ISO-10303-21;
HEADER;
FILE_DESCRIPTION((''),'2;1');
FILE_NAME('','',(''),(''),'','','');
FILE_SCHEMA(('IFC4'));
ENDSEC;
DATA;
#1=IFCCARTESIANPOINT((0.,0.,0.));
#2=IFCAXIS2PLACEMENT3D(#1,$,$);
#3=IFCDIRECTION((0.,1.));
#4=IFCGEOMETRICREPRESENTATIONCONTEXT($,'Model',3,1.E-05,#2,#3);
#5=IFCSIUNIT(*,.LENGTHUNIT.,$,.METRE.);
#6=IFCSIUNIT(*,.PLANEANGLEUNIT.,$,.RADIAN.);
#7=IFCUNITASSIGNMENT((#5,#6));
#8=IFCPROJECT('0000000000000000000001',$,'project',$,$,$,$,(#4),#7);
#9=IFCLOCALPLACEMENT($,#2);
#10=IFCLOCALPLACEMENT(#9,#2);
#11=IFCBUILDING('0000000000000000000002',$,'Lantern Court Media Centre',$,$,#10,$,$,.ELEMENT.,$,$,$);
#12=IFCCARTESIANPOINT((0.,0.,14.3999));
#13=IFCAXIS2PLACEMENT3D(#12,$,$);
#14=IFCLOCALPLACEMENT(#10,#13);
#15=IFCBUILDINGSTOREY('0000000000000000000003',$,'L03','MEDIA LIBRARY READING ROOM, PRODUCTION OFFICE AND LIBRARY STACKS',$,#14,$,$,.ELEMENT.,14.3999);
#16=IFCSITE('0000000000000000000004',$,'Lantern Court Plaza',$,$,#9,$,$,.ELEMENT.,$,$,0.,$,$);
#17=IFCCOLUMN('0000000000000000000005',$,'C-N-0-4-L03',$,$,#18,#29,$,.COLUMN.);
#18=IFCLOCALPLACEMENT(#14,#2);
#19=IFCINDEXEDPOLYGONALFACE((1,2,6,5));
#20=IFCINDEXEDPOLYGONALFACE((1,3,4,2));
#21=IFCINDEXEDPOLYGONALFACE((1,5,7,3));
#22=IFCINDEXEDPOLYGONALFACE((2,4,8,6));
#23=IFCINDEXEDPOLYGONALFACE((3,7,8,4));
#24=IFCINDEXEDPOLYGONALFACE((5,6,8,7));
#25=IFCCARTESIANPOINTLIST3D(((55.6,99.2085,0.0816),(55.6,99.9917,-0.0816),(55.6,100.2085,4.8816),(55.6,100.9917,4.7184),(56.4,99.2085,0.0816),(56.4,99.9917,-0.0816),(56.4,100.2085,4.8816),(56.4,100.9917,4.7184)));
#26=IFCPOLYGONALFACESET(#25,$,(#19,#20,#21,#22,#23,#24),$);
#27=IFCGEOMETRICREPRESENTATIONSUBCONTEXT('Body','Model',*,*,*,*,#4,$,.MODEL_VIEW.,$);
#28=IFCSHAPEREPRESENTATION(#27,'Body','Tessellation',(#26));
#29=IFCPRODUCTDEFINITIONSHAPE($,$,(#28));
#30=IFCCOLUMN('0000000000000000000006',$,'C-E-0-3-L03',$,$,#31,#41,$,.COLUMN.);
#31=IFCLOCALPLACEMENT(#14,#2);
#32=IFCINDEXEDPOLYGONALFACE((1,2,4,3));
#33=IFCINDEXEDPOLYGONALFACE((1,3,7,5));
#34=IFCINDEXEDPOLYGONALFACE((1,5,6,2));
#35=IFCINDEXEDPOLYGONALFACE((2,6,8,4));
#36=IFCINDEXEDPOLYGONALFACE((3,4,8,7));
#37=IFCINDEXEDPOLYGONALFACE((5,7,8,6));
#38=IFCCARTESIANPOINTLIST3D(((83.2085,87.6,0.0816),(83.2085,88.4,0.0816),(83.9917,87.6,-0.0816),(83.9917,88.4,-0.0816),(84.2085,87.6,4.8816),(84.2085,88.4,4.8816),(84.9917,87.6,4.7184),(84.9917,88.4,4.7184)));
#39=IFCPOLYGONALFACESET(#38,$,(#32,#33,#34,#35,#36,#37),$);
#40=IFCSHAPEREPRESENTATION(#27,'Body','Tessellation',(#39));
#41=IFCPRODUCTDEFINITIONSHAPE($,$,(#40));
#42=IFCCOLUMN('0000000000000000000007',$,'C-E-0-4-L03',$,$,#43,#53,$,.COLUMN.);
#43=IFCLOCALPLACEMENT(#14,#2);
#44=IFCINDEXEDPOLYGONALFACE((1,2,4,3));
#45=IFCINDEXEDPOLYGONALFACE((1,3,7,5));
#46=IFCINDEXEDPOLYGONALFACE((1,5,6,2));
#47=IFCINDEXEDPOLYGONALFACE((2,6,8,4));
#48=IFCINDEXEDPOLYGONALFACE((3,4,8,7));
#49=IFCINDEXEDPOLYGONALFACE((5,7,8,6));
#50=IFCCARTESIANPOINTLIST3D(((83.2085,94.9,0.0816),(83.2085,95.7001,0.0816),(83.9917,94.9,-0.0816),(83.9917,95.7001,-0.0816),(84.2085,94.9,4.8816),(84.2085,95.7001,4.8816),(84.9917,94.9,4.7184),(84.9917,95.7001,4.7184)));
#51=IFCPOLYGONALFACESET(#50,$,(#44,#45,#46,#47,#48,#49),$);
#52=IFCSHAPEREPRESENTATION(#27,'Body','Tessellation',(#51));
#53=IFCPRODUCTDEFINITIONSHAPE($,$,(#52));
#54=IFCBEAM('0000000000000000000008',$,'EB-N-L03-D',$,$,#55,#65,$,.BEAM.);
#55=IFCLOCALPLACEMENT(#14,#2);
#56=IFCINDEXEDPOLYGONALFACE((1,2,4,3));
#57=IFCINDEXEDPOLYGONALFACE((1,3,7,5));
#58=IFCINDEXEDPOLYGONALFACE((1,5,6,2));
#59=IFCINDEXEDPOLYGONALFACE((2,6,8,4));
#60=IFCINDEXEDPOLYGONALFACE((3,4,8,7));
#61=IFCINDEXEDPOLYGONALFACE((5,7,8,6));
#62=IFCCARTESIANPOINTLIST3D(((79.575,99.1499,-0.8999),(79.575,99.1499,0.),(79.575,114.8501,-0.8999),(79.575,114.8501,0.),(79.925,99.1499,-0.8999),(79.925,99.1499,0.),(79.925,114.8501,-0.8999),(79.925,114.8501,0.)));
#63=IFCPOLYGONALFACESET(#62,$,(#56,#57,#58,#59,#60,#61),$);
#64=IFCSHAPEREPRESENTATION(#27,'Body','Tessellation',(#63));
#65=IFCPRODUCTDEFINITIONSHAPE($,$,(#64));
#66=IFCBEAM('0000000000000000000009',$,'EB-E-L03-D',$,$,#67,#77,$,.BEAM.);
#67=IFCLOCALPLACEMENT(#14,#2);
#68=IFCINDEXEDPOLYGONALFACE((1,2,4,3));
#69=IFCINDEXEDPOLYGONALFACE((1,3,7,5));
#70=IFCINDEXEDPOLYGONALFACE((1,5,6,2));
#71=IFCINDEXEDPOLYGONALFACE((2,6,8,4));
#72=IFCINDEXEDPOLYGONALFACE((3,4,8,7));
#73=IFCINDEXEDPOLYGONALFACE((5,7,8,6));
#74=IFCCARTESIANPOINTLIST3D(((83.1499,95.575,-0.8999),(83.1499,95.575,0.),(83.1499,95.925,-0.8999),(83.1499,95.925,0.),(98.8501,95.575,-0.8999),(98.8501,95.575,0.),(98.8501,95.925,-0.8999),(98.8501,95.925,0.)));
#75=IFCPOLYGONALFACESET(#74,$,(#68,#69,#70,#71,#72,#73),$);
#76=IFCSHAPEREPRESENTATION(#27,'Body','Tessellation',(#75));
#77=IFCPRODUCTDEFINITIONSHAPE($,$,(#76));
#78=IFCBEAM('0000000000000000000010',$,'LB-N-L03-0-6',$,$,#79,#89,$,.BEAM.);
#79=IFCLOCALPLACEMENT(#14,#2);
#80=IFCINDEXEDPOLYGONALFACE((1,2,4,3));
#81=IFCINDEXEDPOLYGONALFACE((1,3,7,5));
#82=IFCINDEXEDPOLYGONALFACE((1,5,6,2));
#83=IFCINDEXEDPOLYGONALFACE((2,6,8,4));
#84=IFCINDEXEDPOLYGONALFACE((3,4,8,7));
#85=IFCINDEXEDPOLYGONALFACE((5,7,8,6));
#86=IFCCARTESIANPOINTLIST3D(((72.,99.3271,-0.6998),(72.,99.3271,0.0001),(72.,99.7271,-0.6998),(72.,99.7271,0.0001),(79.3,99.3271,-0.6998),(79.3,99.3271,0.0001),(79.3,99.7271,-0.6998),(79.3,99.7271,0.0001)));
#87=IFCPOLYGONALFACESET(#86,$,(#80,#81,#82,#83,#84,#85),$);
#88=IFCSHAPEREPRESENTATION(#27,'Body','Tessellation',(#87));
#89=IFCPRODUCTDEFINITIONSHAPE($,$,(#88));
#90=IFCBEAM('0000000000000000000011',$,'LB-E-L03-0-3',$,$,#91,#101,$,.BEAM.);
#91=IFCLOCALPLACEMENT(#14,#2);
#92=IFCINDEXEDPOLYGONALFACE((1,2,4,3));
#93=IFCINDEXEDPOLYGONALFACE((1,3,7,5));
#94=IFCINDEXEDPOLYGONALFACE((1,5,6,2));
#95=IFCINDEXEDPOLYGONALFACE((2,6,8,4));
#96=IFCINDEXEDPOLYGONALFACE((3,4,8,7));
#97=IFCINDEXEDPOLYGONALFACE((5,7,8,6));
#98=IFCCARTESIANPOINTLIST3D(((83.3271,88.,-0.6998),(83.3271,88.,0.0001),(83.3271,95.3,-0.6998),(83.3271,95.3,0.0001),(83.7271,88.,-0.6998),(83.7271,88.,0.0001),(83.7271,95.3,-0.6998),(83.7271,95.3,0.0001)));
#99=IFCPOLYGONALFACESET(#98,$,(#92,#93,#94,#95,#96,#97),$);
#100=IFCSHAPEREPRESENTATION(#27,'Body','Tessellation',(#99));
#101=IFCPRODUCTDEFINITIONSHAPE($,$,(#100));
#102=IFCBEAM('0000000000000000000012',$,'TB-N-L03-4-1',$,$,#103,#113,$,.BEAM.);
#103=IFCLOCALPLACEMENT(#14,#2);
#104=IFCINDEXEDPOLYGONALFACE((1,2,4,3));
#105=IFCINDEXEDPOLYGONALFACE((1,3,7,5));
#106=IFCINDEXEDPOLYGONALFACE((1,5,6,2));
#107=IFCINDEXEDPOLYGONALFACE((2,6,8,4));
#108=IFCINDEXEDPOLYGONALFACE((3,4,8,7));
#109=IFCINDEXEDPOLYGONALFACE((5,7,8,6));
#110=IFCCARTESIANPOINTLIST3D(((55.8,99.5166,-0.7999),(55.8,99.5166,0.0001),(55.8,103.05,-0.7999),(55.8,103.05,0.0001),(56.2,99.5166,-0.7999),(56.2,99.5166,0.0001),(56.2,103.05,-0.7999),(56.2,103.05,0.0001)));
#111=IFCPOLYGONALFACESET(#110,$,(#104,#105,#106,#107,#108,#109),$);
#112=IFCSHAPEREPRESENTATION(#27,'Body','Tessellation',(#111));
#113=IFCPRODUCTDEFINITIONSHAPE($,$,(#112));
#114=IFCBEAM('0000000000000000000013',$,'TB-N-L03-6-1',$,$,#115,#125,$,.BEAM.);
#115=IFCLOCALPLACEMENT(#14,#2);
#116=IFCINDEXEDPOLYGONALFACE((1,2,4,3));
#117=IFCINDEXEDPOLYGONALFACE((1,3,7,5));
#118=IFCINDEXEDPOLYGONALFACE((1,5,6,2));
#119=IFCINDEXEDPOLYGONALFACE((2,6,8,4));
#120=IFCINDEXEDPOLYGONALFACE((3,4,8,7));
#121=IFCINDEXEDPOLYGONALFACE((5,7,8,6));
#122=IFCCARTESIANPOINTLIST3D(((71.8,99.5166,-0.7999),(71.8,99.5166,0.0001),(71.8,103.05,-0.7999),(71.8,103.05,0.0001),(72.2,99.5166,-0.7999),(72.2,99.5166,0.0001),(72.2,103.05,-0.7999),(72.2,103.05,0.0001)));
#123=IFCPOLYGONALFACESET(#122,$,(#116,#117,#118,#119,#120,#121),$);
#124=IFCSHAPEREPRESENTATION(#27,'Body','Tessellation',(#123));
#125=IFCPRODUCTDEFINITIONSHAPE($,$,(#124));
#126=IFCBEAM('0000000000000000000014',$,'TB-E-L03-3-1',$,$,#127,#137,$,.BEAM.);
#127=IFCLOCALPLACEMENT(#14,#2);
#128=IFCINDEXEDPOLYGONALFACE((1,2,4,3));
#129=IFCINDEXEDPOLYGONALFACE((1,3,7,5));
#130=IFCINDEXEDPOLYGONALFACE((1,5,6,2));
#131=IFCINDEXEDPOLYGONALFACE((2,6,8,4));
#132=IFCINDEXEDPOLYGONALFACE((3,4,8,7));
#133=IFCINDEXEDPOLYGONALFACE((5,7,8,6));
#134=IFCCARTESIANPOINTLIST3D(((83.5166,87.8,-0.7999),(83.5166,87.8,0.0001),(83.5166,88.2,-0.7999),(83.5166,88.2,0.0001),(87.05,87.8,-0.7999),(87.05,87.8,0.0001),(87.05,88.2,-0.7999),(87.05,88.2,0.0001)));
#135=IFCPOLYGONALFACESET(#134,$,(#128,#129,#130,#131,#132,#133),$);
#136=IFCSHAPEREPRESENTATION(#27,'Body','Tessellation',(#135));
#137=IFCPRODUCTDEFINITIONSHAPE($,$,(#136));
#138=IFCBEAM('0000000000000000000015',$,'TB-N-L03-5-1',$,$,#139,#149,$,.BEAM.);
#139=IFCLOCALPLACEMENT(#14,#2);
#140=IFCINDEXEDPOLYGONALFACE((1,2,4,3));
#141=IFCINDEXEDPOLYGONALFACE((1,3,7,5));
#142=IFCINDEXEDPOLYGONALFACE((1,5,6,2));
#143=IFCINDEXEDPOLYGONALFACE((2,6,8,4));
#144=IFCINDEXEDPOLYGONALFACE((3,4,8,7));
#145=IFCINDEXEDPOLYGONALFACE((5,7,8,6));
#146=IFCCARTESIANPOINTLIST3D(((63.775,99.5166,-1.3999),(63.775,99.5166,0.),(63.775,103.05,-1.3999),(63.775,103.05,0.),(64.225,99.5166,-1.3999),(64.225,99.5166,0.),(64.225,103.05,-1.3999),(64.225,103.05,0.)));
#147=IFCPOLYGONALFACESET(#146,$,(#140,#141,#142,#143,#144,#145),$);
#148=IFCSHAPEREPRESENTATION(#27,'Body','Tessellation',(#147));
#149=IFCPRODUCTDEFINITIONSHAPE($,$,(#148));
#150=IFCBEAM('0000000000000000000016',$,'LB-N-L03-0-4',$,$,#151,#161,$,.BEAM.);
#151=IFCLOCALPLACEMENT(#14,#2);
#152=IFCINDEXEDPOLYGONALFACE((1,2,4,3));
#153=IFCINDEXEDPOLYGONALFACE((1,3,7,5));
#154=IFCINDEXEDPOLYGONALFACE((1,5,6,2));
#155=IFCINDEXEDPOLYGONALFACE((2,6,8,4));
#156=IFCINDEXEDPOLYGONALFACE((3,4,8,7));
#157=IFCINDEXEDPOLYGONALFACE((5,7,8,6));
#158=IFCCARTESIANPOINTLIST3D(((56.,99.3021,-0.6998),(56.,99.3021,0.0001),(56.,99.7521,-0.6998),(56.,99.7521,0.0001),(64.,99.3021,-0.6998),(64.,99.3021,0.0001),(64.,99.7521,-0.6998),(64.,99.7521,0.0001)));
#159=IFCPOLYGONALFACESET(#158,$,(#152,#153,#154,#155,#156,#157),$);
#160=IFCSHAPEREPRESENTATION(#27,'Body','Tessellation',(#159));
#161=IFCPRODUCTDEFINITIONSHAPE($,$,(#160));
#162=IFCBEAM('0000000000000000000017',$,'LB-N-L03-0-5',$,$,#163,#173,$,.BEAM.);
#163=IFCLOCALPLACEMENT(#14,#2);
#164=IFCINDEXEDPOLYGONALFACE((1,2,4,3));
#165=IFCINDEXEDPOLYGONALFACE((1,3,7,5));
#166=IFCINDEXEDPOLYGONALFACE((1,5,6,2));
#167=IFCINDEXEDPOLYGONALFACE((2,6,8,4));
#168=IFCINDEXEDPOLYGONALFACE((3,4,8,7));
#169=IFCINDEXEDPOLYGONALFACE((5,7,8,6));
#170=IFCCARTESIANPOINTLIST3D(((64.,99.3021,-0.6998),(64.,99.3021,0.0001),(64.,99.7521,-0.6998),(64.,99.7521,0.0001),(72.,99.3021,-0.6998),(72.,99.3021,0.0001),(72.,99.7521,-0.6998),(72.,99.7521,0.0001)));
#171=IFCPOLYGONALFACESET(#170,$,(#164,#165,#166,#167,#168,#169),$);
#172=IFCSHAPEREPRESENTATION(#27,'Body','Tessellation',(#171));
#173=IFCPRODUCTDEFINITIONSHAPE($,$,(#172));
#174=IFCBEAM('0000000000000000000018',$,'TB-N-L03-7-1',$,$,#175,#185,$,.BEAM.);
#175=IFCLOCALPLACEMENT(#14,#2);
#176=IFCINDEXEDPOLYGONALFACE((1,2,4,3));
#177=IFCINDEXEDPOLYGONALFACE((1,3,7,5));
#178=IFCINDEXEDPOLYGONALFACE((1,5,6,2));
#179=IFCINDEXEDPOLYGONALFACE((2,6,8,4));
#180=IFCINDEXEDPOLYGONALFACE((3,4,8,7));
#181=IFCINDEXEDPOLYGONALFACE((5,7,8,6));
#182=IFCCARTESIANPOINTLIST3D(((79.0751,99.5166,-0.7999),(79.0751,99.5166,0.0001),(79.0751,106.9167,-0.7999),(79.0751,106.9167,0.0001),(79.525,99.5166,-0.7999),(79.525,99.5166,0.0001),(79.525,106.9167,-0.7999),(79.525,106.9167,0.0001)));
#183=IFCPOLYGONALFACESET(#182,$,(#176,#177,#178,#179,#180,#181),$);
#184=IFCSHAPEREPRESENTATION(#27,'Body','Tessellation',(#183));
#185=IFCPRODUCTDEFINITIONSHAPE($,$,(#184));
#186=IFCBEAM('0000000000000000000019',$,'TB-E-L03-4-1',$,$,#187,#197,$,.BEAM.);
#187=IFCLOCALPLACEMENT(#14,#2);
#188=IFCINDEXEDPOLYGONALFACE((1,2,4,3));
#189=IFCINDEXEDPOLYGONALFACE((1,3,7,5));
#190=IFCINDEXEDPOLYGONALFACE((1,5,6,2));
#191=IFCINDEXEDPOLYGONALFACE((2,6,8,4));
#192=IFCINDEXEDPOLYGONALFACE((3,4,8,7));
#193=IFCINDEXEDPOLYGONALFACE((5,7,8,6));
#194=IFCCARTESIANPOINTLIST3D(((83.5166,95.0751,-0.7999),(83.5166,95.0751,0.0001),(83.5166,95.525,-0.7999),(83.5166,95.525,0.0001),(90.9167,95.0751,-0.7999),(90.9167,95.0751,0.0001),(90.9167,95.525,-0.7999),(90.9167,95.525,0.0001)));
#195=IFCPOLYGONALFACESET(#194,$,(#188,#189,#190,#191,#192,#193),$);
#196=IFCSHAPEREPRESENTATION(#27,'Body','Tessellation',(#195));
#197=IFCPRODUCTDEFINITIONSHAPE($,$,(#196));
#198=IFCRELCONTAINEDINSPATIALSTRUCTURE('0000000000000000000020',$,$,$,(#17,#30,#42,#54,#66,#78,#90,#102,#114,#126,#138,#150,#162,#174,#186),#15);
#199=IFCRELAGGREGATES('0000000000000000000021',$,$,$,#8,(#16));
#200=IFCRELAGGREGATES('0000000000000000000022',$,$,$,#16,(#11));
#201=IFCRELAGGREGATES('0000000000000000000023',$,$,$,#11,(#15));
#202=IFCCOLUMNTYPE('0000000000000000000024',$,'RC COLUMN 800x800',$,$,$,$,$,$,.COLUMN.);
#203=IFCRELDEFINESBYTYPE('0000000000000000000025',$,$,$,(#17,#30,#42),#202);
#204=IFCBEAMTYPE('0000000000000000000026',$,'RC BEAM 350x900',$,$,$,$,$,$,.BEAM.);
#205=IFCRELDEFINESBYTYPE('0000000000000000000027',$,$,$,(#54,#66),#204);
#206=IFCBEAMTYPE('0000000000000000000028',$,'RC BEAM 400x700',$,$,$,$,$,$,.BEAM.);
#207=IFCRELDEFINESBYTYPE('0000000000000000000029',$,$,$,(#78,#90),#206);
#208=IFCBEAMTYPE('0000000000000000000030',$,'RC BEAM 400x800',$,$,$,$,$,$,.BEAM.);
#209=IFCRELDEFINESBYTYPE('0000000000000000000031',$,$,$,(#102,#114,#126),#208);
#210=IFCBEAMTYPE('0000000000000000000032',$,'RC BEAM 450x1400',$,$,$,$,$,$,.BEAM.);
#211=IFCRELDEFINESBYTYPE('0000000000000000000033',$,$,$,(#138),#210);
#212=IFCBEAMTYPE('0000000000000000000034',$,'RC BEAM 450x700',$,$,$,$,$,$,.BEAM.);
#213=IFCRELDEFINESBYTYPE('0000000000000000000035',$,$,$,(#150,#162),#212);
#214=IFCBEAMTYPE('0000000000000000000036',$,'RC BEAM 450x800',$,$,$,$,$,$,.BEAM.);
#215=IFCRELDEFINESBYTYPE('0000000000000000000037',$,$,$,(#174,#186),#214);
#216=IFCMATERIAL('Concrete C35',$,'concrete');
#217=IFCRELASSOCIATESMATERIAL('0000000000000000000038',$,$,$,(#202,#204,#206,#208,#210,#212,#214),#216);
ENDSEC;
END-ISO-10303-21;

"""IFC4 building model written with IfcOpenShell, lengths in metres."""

from ifc_helpers import new_model, si_unit, direction, frame, origin, origin_2d, place, context, subcontext, project, spatial, rectangle, extrude, material, material_profile, profile_set, type_object, element, save


model = new_model("IFC4")

# Units and contexts
model_context = context("Model", 3, precision=1e-05, world=origin(), true_north=direction((0.0, 1.0)))
body_context = subcontext(model_context, "Body", "Model", "MODEL_VIEW")
ifc_project = project(units=[si_unit("LENGTHUNIT", "METRE"), si_unit("PLANEANGLEUNIT", "RADIAN")], contexts=[model_context])

# Site, building, storey
site_placement = place(None, origin())
site = spatial("IfcSite", under=ifc_project, at=site_placement, Name="Lantern Court Plaza", CompositionType="ELEMENT", RefElevation=0.0)
building_placement = place(site_placement, origin())
building = spatial("IfcBuilding", under=site, at=building_placement, Name="Lantern Court Media Centre", CompositionType="ELEMENT")
storey_placement = place(building_placement, frame((0.0, 0.0, 14.3999)))
storey = spatial("IfcBuildingStorey", under=building, at=storey_placement, Name="L03", Description="MEDIA LIBRARY READING ROOM, PRODUCTION OFFICE AND LIBRARY STACKS", CompositionType="ELEMENT", Elevation=14.3999)

# Columns
ifc_material_1 = material(Name="Concrete C35", Category="concrete")
ifc_material_profile_1 = material_profile(ifc_material_1, rectangle(XDim=0.8, YDim=0.8, at=origin_2d()), Name="RC 800x800")
ifc_profile_set_1 = profile_set([ifc_material_profile_1], Name="Concrete C35")
column_type = type_object("IfcColumnType", Name="RC COLUMN 800x800", PredefinedType="COLUMN", material=ifc_profile_set_1)
for number, where, z_axis, x_axis, name in (
    (1, (56.0, 99.6001, 0.0), (0.0, 0.203952, 0.978981), (-1.0, 0.0, 0.0), "C-N-0-4-L03"),
    (2, (83.6001, 88.0, 0.0), (0.203952, 0.0, 0.978981), (0.0, 1.0, 0.0), "C-E-0-3-L03"),
    (3, (83.6001, 95.3, 0.0), (0.203952, 0.0, 0.978981), (0.0, 1.0, 0.0), "C-E-0-4-L03"),
):
    element("IfcColumn", number, at=place(storey_placement, frame(where, z_axis=z_axis, x_axis=x_axis)), inside=storey, type_object=column_type, Name=name, PredefinedType="COLUMN", context=body_context, shape_type="SweptSolid", body=[
        extrude(rectangle(XDim=0.8, YDim=0.8, at=origin_2d()), origin(), (0.0, 0.0, 1.0), 4.9031),
    ])

# Beams
ifc_material_profile_2 = material_profile(ifc_material_1, rectangle(XDim=0.3501, YDim=0.8999, at=origin_2d()), Name="RC 350x900")
ifc_profile_set_2 = profile_set([ifc_material_profile_2], Name="Concrete C35")
beam_type_1 = type_object("IfcBeamType", Name="RC BEAM 350x900", PredefinedType="BEAM", material=ifc_profile_set_2)
for number, where, z_axis, x_axis, name in (
    (4, (79.75, 99.1499, -0.45), (0.0, 1.0, 0.0), (-1.0, 0.0, 0.0), "EB-N-L03-D"),
    (5, (83.1499, 95.75, -0.45), (1.0, 0.0, 0.0), (0.0, 1.0, 0.0), "EB-E-L03-D"),
):
    element("IfcBeam", number, at=place(storey_placement, frame(where, z_axis=z_axis, x_axis=x_axis)), inside=storey, type_object=beam_type_1, Name=name, PredefinedType="BEAM", context=body_context, shape_type="SweptSolid", body=[
        extrude(rectangle(XDim=0.3501, YDim=0.8999, at=origin_2d()), origin(), (0.0, 0.0, 1.0), 15.7002),
    ])
ifc_material_profile_3 = material_profile(ifc_material_1, rectangle(XDim=0.3999, YDim=0.7, at=origin_2d()), Name="RC 400x700")
ifc_profile_set_3 = profile_set([ifc_material_profile_3], Name="Concrete C35")
beam_type_2 = type_object("IfcBeamType", Name="RC BEAM 400x700", PredefinedType="BEAM", material=ifc_profile_set_3)
for number, where, z_axis, x_axis, name in (
    (6, (72.0, 99.5271, -0.3499), (1.0, 0.0, 0.0), (0.0, 1.0, 0.0), "LB-N-L03-0-6"),
    (7, (83.5271, 88.0, -0.3499), (0.0, 1.0, 0.0), (-1.0, 0.0, 0.0), "LB-E-L03-0-3"),
):
    element("IfcBeam", number, at=place(storey_placement, frame(where, z_axis=z_axis, x_axis=x_axis)), inside=storey, type_object=beam_type_2, Name=name, PredefinedType="BEAM", context=body_context, shape_type="SweptSolid", body=[
        extrude(rectangle(XDim=0.3999, YDim=0.7, at=origin_2d()), origin(), (0.0, 0.0, 1.0), 7.3),
    ])
ifc_material_profile_4 = material_profile(ifc_material_1, rectangle(XDim=0.3999, YDim=0.8, at=origin_2d()), Name="RC 400x800")
ifc_profile_set_4 = profile_set([ifc_material_profile_4], Name="Concrete C35")
beam_type_3 = type_object("IfcBeamType", Name="RC BEAM 400x800", PredefinedType="BEAM", material=ifc_profile_set_4)
for number, where, z_axis, x_axis, name in (
    (8, (56.0, 99.5166, -0.3999), (0.0, 1.0, 0.0), (-1.0, 0.0, 0.0), "TB-N-L03-4-1"),
    (9, (72.0, 99.5166, -0.3999), (0.0, 1.0, 0.0), (-1.0, 0.0, 0.0), "TB-N-L03-6-1"),
    (10, (83.5166, 88.0, -0.3999), (1.0, 0.0, 0.0), (0.0, 1.0, 0.0), "TB-E-L03-3-1"),
):
    element("IfcBeam", number, at=place(storey_placement, frame(where, z_axis=z_axis, x_axis=x_axis)), inside=storey, type_object=beam_type_3, Name=name, PredefinedType="BEAM", context=body_context, shape_type="SweptSolid", body=[
        extrude(rectangle(XDim=0.3999, YDim=0.8, at=origin_2d()), origin(), (0.0, 0.0, 1.0), 3.5334),
    ])
ifc_material_profile_5 = material_profile(ifc_material_1, rectangle(XDim=0.45, YDim=1.3999, at=origin_2d()), Name="RC 450x1400")
ifc_profile_set_5 = profile_set([ifc_material_profile_5], Name="Concrete C35")
beam_type_4 = type_object("IfcBeamType", Name="RC BEAM 450x1400", PredefinedType="BEAM", material=ifc_profile_set_5)
beam_placement = place(storey_placement, frame((64.0, 99.5166, -0.7), z_axis=(0.0, 1.0, 0.0), x_axis=(-1.0, 0.0, 0.0)))
element("IfcBeam", 11, at=beam_placement, inside=storey, type_object=beam_type_4, Name="TB-N-L03-5-1", PredefinedType="BEAM", context=body_context, shape_type="SweptSolid", body=[
    extrude(rectangle(XDim=0.45, YDim=1.3999, at=origin_2d()), origin(), (0.0, 0.0, 1.0), 3.5334),
])
ifc_material_profile_6 = material_profile(ifc_material_1, rectangle(XDim=0.45, YDim=0.7, at=origin_2d()), Name="RC 450x700")
ifc_profile_set_6 = profile_set([ifc_material_profile_6], Name="Concrete C35")
beam_type_5 = type_object("IfcBeamType", Name="RC BEAM 450x700", PredefinedType="BEAM", material=ifc_profile_set_6)
for number, where, z_axis, x_axis, name in (
    (12, (56.0, 99.5271, -0.3499), (1.0, 0.0, 0.0), (0.0, 1.0, 0.0), "LB-N-L03-0-4"),
    (13, (64.0, 99.5271, -0.3499), (1.0, 0.0, 0.0), (0.0, 1.0, 0.0), "LB-N-L03-0-5"),
):
    element("IfcBeam", number, at=place(storey_placement, frame(where, z_axis=z_axis, x_axis=x_axis)), inside=storey, type_object=beam_type_5, Name=name, PredefinedType="BEAM", context=body_context, shape_type="SweptSolid", body=[
        extrude(rectangle(XDim=0.45, YDim=0.7, at=origin_2d()), origin(), (0.0, 0.0, 1.0), 8.0),
    ])
ifc_material_profile_7 = material_profile(ifc_material_1, rectangle(XDim=0.45, YDim=0.8, at=origin_2d()), Name="RC 450x800")
ifc_profile_set_7 = profile_set([ifc_material_profile_7], Name="Concrete C35")
beam_type_6 = type_object("IfcBeamType", Name="RC BEAM 450x800", PredefinedType="BEAM", material=ifc_profile_set_7)
for number, where, z_axis, x_axis, name in (
    (14, (79.3, 99.5166, -0.3999), (0.0, 1.0, 0.0), (-1.0, 0.0, 0.0), "TB-N-L03-7-1"),
    (15, (83.5166, 95.3, -0.3999), (1.0, 0.0, 0.0), (0.0, 1.0, 0.0), "TB-E-L03-4-1"),
):
    element("IfcBeam", number, at=place(storey_placement, frame(where, z_axis=z_axis, x_axis=x_axis)), inside=storey, type_object=beam_type_6, Name=name, PredefinedType="BEAM", context=body_context, shape_type="SweptSolid", body=[
        extrude(rectangle(XDim=0.45, YDim=0.8, at=origin_2d()), origin(), (0.0, 0.0, 1.0), 7.4001),
    ])

save(model, "model.ifc")
